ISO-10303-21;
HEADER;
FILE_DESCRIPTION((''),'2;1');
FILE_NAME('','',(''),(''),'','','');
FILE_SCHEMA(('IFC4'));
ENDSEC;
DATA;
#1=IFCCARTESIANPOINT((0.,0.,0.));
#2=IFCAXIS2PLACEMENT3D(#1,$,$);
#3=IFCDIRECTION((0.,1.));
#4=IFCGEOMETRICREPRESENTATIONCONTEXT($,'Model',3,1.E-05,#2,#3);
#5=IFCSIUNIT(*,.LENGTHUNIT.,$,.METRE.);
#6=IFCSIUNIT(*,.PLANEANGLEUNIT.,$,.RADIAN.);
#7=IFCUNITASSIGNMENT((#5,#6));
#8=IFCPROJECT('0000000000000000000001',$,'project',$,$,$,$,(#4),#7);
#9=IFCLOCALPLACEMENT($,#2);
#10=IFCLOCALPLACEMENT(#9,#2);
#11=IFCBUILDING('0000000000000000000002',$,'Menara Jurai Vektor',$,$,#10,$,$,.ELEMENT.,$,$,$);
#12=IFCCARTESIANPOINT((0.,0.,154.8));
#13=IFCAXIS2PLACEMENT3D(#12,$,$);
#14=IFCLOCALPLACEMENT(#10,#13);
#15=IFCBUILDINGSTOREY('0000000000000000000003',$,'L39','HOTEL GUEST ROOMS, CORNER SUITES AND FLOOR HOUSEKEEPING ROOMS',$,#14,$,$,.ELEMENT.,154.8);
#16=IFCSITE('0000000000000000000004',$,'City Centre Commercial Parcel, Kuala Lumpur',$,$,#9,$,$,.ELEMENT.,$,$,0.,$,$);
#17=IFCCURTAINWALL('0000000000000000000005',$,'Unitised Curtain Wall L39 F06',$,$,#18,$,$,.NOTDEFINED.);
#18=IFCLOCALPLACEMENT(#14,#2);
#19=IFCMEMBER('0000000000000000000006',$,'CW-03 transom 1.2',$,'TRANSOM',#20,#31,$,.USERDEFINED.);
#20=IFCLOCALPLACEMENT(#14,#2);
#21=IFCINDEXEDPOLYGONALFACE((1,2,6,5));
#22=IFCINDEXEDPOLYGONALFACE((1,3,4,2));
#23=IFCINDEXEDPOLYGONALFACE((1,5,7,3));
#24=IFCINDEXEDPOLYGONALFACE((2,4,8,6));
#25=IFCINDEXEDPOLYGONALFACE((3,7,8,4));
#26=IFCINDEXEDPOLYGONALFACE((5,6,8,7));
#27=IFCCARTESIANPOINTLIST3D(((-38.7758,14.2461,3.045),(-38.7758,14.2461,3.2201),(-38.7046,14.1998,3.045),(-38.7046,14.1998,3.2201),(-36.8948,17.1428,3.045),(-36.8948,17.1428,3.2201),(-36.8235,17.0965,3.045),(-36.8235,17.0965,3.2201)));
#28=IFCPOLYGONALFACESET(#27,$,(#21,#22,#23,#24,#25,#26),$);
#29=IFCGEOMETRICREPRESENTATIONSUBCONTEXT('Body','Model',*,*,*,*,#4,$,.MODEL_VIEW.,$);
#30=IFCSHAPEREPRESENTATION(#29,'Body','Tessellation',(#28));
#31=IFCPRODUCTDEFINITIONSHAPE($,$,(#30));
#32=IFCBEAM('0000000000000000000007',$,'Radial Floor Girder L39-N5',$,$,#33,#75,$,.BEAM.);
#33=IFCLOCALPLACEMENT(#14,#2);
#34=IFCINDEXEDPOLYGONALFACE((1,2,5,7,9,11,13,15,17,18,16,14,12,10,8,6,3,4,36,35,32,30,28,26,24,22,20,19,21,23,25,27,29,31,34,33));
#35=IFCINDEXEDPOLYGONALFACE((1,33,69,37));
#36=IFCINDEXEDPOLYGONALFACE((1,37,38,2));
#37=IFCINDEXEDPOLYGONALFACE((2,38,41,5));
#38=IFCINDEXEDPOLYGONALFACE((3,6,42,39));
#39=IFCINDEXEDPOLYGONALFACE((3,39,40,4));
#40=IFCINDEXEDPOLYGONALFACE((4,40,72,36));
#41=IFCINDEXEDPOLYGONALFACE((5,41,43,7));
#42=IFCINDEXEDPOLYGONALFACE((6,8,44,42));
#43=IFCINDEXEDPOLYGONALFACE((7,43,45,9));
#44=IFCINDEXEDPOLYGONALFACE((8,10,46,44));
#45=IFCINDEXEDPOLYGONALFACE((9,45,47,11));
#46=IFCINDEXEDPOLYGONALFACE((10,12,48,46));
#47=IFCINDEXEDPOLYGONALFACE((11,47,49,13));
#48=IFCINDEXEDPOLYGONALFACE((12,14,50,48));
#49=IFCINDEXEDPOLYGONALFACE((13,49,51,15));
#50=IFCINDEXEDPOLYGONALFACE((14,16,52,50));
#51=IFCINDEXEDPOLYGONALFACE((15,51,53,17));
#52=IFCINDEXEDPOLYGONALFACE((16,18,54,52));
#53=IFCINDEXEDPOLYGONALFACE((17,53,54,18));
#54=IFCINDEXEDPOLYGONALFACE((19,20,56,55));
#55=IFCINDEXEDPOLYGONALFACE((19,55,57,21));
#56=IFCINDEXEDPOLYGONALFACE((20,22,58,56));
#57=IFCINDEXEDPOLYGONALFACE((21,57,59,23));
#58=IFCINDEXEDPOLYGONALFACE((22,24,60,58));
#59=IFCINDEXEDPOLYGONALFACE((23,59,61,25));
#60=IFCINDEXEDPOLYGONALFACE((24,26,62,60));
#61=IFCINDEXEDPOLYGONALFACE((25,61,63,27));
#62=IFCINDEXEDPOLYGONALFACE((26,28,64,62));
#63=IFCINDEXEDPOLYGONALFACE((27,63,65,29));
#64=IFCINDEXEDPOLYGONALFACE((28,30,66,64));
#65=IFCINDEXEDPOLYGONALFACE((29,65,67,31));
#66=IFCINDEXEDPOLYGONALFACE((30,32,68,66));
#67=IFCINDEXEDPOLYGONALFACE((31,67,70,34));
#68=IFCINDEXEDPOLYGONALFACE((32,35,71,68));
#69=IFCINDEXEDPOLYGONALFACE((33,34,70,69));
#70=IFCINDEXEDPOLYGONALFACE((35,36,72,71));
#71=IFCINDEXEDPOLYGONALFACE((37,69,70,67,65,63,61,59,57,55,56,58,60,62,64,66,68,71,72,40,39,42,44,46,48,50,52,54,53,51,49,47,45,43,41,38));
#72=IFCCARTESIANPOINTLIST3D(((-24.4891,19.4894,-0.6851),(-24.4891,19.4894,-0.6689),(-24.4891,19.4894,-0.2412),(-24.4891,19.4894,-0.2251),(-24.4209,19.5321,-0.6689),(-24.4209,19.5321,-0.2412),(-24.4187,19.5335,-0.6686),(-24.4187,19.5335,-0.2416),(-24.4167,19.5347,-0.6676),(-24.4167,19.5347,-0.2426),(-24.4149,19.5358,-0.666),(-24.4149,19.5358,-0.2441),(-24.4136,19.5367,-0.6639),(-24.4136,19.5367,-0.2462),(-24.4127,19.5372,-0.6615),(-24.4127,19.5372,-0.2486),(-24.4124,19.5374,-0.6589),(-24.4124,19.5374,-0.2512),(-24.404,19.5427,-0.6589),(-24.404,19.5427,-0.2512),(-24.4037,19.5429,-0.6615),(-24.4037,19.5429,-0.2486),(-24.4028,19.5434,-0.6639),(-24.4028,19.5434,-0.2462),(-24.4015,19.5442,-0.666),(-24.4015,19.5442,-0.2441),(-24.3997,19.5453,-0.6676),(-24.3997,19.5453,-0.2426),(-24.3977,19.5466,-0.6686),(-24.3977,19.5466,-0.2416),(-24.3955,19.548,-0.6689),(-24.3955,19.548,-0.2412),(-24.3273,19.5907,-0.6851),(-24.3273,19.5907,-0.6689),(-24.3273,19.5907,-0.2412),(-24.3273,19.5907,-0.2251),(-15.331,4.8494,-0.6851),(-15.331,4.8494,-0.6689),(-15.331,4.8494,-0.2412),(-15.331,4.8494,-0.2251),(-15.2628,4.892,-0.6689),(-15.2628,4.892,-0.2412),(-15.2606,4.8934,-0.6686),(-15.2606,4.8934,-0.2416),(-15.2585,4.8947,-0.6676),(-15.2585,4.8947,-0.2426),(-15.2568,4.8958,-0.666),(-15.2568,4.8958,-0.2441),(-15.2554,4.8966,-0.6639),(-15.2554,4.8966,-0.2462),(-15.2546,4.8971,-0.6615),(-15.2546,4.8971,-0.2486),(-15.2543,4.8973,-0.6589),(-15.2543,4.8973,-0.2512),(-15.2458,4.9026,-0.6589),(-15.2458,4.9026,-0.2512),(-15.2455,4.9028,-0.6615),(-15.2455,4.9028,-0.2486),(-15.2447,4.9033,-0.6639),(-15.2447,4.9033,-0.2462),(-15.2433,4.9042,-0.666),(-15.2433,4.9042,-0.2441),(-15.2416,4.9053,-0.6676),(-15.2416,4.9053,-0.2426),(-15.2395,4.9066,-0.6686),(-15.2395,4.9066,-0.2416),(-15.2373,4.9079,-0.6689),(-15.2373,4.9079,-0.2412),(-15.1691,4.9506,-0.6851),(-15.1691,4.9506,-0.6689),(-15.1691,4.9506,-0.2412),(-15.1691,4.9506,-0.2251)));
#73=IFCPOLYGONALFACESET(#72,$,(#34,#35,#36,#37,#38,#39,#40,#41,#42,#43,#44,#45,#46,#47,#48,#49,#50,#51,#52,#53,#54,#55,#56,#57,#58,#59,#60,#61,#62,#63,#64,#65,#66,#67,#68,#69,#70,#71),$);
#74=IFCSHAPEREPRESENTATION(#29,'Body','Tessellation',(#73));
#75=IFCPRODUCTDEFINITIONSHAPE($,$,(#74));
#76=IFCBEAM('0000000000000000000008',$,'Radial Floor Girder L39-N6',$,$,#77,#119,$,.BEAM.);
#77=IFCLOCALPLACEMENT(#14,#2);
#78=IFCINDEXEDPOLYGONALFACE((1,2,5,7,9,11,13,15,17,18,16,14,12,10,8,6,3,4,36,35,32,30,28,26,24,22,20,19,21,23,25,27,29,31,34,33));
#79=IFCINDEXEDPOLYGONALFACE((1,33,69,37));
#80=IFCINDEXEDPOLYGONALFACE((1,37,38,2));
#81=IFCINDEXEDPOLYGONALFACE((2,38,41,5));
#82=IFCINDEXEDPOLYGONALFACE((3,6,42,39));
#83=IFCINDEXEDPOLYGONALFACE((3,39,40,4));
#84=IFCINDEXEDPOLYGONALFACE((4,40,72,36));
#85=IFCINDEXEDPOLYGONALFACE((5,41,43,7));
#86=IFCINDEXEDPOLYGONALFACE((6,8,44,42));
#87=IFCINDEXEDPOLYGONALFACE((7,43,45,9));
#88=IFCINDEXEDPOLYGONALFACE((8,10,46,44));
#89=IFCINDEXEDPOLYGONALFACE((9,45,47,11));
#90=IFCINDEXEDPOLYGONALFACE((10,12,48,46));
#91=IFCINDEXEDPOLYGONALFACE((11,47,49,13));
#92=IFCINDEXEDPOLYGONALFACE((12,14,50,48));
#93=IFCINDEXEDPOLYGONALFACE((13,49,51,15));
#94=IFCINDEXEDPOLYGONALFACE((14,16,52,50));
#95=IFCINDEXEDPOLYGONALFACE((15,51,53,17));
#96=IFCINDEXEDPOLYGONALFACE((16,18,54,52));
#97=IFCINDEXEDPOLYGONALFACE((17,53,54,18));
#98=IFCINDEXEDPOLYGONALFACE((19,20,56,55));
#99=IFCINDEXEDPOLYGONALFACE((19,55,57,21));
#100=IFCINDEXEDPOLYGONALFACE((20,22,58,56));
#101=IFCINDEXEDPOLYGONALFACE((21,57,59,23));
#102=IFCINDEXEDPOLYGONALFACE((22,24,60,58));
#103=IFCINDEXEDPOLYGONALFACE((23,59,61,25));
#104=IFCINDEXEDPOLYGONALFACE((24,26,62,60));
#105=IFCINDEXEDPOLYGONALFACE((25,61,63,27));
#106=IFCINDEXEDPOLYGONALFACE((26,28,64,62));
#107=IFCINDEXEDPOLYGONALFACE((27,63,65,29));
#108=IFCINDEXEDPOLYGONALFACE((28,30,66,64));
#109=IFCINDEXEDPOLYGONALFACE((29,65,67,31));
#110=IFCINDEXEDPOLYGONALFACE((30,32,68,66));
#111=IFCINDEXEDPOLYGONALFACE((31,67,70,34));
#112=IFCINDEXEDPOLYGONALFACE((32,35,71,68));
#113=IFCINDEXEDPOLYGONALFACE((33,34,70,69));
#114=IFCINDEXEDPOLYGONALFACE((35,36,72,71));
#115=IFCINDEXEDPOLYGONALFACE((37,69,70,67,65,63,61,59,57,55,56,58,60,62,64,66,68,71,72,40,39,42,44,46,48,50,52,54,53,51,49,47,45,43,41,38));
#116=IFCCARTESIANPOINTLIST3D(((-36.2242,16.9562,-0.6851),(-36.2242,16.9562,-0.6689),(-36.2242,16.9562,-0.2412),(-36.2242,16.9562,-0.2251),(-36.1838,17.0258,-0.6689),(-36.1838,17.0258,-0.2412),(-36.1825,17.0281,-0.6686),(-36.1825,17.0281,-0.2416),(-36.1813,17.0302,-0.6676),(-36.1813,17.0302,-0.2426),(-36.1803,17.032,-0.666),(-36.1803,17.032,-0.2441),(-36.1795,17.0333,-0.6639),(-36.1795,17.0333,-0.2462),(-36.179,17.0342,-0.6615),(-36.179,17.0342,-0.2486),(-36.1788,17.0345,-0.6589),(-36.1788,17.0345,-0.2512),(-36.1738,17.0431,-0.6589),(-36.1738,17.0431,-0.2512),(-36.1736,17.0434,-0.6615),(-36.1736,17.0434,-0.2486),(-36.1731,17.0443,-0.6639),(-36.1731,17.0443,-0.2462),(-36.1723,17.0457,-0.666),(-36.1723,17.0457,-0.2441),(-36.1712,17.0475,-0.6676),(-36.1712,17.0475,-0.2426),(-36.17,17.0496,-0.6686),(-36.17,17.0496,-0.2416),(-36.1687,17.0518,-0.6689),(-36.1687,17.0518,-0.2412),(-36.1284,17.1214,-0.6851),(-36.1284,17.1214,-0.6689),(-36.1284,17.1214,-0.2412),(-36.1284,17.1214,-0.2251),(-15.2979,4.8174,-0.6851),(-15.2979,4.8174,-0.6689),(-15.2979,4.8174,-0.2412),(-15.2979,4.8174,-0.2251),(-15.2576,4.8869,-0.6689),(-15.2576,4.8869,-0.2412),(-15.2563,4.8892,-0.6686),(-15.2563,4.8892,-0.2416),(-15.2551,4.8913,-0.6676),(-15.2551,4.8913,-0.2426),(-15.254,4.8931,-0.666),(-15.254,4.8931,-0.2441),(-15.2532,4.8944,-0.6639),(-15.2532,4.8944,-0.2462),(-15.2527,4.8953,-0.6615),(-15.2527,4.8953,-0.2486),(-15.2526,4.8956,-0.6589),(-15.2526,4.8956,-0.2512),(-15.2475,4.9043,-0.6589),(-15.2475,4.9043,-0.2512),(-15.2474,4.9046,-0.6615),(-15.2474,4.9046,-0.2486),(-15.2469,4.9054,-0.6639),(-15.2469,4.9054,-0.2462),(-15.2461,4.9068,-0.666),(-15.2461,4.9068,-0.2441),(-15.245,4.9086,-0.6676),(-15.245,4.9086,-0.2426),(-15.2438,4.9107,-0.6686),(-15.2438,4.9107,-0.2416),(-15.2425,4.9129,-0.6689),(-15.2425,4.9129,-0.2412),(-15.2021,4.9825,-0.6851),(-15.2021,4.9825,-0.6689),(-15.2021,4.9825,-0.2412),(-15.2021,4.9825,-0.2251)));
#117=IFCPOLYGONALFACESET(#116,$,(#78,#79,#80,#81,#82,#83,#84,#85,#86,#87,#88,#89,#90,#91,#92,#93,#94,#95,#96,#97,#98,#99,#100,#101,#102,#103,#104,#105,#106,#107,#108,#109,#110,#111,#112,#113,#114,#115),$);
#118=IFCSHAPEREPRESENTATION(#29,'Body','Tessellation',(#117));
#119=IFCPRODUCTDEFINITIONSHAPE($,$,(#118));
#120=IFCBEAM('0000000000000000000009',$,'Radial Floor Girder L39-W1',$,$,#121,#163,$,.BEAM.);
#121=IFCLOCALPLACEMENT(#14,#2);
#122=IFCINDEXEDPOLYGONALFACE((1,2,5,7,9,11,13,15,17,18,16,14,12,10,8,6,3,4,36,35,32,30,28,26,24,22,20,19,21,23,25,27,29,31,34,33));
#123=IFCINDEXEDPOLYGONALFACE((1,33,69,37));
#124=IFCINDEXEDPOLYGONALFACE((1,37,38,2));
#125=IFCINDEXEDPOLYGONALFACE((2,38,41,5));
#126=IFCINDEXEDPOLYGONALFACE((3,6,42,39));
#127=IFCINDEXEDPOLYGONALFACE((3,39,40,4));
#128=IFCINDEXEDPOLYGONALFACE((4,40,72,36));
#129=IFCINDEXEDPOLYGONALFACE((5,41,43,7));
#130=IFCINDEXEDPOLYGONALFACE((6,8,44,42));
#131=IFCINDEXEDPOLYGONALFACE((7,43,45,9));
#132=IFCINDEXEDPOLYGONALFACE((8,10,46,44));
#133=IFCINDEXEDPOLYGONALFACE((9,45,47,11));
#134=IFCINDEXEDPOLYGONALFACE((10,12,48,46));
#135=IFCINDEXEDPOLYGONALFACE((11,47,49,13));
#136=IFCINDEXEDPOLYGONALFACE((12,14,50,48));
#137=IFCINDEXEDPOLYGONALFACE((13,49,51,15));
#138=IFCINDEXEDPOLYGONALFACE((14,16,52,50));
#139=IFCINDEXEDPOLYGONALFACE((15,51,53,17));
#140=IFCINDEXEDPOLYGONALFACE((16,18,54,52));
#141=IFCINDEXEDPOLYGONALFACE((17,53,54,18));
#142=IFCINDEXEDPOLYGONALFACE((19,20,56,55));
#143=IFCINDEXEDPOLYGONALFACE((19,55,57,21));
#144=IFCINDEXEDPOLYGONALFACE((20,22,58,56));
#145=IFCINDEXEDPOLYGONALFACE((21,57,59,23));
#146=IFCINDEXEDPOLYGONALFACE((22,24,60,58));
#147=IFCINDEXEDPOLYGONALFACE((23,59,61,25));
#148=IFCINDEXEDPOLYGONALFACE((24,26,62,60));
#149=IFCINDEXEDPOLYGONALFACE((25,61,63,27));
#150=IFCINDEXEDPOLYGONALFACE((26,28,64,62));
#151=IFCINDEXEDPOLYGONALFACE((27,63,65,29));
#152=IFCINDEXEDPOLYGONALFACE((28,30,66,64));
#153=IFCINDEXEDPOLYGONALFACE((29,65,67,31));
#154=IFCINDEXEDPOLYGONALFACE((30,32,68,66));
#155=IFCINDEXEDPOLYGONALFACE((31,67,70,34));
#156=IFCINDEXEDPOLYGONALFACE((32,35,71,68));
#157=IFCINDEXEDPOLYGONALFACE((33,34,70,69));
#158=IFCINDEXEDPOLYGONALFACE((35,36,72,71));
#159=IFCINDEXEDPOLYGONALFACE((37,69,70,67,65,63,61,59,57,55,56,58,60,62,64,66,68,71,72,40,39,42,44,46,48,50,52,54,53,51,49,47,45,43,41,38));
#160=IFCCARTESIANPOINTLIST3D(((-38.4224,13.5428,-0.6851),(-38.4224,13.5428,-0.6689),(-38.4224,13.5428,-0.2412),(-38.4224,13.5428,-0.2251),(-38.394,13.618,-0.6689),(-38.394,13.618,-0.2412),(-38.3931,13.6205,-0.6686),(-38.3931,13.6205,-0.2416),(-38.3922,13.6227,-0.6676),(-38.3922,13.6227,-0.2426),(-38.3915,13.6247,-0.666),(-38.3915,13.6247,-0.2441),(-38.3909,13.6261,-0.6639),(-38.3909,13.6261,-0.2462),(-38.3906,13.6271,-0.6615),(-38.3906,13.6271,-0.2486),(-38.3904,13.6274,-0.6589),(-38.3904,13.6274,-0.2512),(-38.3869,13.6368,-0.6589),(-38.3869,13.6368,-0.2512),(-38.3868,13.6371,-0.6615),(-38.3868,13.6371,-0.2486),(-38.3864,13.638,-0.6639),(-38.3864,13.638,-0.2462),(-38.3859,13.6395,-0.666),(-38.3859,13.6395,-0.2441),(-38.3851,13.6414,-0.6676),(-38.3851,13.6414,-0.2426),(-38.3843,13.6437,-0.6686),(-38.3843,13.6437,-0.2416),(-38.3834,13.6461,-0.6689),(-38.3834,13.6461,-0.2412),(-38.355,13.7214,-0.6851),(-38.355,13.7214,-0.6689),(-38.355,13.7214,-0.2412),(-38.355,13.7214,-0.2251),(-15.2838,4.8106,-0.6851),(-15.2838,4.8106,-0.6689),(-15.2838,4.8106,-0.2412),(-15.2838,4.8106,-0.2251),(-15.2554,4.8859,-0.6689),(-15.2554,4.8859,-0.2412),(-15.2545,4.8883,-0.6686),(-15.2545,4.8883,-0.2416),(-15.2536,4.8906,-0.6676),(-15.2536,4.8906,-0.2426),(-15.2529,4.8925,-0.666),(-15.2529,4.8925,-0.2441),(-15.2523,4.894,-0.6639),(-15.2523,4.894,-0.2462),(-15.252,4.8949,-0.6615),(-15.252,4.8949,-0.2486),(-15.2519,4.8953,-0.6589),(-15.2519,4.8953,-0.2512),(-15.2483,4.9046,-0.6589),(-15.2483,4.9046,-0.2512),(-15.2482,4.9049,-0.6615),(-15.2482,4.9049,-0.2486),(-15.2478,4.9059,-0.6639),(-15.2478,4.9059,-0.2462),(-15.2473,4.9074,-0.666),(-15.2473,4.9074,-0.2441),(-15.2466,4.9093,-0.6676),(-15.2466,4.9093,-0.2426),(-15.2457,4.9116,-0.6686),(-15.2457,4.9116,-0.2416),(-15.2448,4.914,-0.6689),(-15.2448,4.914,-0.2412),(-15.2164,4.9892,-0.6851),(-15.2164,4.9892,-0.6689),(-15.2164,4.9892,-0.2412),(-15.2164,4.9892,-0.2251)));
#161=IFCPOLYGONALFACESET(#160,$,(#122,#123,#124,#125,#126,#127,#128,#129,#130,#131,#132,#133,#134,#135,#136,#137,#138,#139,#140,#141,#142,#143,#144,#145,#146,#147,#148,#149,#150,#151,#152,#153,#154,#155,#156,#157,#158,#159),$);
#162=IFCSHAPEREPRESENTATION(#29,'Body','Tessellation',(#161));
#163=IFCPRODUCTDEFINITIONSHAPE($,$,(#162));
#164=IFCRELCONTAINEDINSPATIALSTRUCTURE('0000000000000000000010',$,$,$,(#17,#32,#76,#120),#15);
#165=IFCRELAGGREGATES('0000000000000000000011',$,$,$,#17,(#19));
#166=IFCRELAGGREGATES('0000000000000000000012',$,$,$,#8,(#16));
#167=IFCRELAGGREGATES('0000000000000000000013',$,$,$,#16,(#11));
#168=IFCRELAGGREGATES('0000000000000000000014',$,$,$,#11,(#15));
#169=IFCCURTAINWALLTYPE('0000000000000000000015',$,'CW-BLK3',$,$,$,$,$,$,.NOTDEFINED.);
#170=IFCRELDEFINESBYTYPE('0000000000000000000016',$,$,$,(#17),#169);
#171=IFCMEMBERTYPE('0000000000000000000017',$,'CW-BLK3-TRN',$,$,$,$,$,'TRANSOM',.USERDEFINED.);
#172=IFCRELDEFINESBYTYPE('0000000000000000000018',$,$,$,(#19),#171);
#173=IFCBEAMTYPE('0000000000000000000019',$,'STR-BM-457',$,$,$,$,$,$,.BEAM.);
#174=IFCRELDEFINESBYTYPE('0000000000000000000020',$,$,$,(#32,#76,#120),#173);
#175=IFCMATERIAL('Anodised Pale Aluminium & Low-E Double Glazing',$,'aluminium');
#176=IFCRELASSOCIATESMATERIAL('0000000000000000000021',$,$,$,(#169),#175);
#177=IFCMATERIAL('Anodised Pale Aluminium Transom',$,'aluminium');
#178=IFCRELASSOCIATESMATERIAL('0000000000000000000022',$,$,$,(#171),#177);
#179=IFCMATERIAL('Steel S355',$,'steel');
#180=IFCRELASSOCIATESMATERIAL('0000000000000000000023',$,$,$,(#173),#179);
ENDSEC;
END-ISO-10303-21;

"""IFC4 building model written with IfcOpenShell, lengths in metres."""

from ifc_helpers import new_model, si_unit, direction, frame, origin, origin_2d, place, context, subcontext, project, spatial, rectangle, i_section, extrude, material, material_profile, profile_set, type_object, element, aggregate, save


model = new_model("IFC4")

# Units and contexts
model_context = context("Model", 3, precision=1e-05, world=origin(), true_north=direction((0.0, 1.0)))
body_context = subcontext(model_context, "Body", "Model", "MODEL_VIEW")
ifc_project = project(units=[si_unit("LENGTHUNIT", "METRE"), si_unit("PLANEANGLEUNIT", "RADIAN")], contexts=[model_context])

# Site, building, storey
site_placement = place(None, origin())
site = spatial("IfcSite", under=ifc_project, at=site_placement, Name="City Centre Commercial Parcel, Kuala Lumpur", CompositionType="ELEMENT", RefElevation=0.0)
building_placement = place(site_placement, origin())
building = spatial("IfcBuilding", under=site, at=building_placement, Name="Menara Jurai Vektor", CompositionType="ELEMENT")
storey_placement = place(building_placement, frame((0.0, 0.0, 154.8)))
storey = spatial("IfcBuildingStorey", under=building, at=storey_placement, Name="L39", Description="HOTEL GUEST ROOMS, CORNER SUITES AND FLOOR HOUSEKEEPING ROOMS", CompositionType="ELEMENT", Elevation=154.8)

# Curtain wall
ifc_material_1 = material(Name="Anodised Pale Aluminium & Low-E Double Glazing", Category="aluminium")
curtain_wall_type = type_object("IfcCurtainWallType", Name="CW-BLK3", PredefinedType="NOTDEFINED", material=ifc_material_1)
curtain_wall_1_placement = place(storey_placement, origin())
curtain_wall_1 = element("IfcCurtainWall", 1, at=curtain_wall_1_placement, inside=storey, type_object=curtain_wall_type, Name="Unitised Curtain Wall L39 F06", PredefinedType="NOTDEFINED")

# Member
ifc_material_2 = material(Name="Anodised Pale Aluminium Transom", Category="aluminium")
ifc_material_profile_1 = material_profile(ifc_material_2, rectangle(XDim=0.085, YDim=0.175, at=origin_2d()), Name="ALU TRN 85x175")
ifc_profile_set_1 = profile_set([ifc_material_profile_1], Name="Anodised Pale Aluminium Transom")
member_type_1 = type_object("IfcMemberType", Name="CW-BLK3-TRN", ElementType="TRANSOM", PredefinedType="USERDEFINED", material=ifc_profile_set_1)
member_1_placement = place(storey_placement, frame((-36.8591, 17.1196, 3.1326), z_axis=(-0.544628, -0.838678, 0.0), x_axis=(0.838678, -0.544628, 0.0)))
member_1 = element("IfcMember", 2, at=member_1_placement, type_object=member_type_1, Name="CW-03 transom 1.2", ObjectType="TRANSOM", PredefinedType="USERDEFINED", context=body_context, shape_type="SweptSolid", body=[
    extrude(rectangle(XDim=0.085, YDim=0.175, at=origin_2d()), origin(), (0.0, 0.0, 1.0), 3.4539),
])

# Beams
ifc_material_3 = material(Name="Steel S355", Category="steel")
ifc_material_profile_2 = material_profile(ifc_material_3, i_section(OverallWidth=0.1909, OverallDepth=0.46, WebThickness=0.01, FlangeThickness=0.0161, FilletRadius=0.01, at=origin_2d()), Name="UKB 457x191x82")
ifc_profile_set_2 = profile_set([ifc_material_profile_2], Name="Steel S355")
beam_type_1 = type_object("IfcBeamType", Name="STR-BM-457", PredefinedType="BEAM", material=ifc_profile_set_2)
beam_1_placement = place(storey_placement, frame((-24.4082, 19.54, -0.4551), z_axis=(0.530337, -0.847787, 0.0), x_axis=(0.847787, 0.530337, 0.0)))
element("IfcBeam", 3, at=beam_1_placement, inside=storey, type_object=beam_type_1, Name="Radial Floor Girder L39-N5", PredefinedType="BEAM", context=body_context, shape_type="SweptSolid", body=[
    extrude(i_section(OverallWidth=0.1909, OverallDepth=0.46, WebThickness=0.01, FlangeThickness=0.0161, FilletRadius=0.01, at=origin_2d()), origin(), (0.0, 0.0, 1.0), 17.2686),
])
beam_2_placement = place(storey_placement, frame((-36.1763, 17.0388, -0.4551), z_axis=(0.865001, -0.50177, 0.0), x_axis=(0.50177, 0.865001, 0.0)))
element("IfcBeam", 4, at=beam_2_placement, inside=storey, type_object=beam_type_1, Name="Radial Floor Girder L39-N6", PredefinedType="BEAM", context=body_context, shape_type="SweptSolid", body=[
    extrude(i_section(OverallWidth=0.1909, OverallDepth=0.46, WebThickness=0.01, FlangeThickness=0.0161, FilletRadius=0.01, at=origin_2d()), origin(), (0.0, 0.0, 1.0), 24.1921),
])
beam_3_placement = place(storey_placement, frame((-38.3887, 13.6321, -0.4551), z_axis=(0.935594, -0.353079, 0.0), x_axis=(0.353079, 0.935594, 0.0)))
element("IfcBeam", 5, at=beam_3_placement, inside=storey, type_object=beam_type_1, Name="Radial Floor Girder L39-W1", PredefinedType="BEAM", context=body_context, shape_type="SweptSolid", body=[
    extrude(i_section(OverallWidth=0.1909, OverallDepth=0.46, WebThickness=0.01, FlangeThickness=0.0161, FilletRadius=0.01, at=origin_2d()), origin(), (0.0, 0.0, 1.0), 24.7314),
])

aggregate(curtain_wall_1, [member_1])

save(model, "model.ifc")
